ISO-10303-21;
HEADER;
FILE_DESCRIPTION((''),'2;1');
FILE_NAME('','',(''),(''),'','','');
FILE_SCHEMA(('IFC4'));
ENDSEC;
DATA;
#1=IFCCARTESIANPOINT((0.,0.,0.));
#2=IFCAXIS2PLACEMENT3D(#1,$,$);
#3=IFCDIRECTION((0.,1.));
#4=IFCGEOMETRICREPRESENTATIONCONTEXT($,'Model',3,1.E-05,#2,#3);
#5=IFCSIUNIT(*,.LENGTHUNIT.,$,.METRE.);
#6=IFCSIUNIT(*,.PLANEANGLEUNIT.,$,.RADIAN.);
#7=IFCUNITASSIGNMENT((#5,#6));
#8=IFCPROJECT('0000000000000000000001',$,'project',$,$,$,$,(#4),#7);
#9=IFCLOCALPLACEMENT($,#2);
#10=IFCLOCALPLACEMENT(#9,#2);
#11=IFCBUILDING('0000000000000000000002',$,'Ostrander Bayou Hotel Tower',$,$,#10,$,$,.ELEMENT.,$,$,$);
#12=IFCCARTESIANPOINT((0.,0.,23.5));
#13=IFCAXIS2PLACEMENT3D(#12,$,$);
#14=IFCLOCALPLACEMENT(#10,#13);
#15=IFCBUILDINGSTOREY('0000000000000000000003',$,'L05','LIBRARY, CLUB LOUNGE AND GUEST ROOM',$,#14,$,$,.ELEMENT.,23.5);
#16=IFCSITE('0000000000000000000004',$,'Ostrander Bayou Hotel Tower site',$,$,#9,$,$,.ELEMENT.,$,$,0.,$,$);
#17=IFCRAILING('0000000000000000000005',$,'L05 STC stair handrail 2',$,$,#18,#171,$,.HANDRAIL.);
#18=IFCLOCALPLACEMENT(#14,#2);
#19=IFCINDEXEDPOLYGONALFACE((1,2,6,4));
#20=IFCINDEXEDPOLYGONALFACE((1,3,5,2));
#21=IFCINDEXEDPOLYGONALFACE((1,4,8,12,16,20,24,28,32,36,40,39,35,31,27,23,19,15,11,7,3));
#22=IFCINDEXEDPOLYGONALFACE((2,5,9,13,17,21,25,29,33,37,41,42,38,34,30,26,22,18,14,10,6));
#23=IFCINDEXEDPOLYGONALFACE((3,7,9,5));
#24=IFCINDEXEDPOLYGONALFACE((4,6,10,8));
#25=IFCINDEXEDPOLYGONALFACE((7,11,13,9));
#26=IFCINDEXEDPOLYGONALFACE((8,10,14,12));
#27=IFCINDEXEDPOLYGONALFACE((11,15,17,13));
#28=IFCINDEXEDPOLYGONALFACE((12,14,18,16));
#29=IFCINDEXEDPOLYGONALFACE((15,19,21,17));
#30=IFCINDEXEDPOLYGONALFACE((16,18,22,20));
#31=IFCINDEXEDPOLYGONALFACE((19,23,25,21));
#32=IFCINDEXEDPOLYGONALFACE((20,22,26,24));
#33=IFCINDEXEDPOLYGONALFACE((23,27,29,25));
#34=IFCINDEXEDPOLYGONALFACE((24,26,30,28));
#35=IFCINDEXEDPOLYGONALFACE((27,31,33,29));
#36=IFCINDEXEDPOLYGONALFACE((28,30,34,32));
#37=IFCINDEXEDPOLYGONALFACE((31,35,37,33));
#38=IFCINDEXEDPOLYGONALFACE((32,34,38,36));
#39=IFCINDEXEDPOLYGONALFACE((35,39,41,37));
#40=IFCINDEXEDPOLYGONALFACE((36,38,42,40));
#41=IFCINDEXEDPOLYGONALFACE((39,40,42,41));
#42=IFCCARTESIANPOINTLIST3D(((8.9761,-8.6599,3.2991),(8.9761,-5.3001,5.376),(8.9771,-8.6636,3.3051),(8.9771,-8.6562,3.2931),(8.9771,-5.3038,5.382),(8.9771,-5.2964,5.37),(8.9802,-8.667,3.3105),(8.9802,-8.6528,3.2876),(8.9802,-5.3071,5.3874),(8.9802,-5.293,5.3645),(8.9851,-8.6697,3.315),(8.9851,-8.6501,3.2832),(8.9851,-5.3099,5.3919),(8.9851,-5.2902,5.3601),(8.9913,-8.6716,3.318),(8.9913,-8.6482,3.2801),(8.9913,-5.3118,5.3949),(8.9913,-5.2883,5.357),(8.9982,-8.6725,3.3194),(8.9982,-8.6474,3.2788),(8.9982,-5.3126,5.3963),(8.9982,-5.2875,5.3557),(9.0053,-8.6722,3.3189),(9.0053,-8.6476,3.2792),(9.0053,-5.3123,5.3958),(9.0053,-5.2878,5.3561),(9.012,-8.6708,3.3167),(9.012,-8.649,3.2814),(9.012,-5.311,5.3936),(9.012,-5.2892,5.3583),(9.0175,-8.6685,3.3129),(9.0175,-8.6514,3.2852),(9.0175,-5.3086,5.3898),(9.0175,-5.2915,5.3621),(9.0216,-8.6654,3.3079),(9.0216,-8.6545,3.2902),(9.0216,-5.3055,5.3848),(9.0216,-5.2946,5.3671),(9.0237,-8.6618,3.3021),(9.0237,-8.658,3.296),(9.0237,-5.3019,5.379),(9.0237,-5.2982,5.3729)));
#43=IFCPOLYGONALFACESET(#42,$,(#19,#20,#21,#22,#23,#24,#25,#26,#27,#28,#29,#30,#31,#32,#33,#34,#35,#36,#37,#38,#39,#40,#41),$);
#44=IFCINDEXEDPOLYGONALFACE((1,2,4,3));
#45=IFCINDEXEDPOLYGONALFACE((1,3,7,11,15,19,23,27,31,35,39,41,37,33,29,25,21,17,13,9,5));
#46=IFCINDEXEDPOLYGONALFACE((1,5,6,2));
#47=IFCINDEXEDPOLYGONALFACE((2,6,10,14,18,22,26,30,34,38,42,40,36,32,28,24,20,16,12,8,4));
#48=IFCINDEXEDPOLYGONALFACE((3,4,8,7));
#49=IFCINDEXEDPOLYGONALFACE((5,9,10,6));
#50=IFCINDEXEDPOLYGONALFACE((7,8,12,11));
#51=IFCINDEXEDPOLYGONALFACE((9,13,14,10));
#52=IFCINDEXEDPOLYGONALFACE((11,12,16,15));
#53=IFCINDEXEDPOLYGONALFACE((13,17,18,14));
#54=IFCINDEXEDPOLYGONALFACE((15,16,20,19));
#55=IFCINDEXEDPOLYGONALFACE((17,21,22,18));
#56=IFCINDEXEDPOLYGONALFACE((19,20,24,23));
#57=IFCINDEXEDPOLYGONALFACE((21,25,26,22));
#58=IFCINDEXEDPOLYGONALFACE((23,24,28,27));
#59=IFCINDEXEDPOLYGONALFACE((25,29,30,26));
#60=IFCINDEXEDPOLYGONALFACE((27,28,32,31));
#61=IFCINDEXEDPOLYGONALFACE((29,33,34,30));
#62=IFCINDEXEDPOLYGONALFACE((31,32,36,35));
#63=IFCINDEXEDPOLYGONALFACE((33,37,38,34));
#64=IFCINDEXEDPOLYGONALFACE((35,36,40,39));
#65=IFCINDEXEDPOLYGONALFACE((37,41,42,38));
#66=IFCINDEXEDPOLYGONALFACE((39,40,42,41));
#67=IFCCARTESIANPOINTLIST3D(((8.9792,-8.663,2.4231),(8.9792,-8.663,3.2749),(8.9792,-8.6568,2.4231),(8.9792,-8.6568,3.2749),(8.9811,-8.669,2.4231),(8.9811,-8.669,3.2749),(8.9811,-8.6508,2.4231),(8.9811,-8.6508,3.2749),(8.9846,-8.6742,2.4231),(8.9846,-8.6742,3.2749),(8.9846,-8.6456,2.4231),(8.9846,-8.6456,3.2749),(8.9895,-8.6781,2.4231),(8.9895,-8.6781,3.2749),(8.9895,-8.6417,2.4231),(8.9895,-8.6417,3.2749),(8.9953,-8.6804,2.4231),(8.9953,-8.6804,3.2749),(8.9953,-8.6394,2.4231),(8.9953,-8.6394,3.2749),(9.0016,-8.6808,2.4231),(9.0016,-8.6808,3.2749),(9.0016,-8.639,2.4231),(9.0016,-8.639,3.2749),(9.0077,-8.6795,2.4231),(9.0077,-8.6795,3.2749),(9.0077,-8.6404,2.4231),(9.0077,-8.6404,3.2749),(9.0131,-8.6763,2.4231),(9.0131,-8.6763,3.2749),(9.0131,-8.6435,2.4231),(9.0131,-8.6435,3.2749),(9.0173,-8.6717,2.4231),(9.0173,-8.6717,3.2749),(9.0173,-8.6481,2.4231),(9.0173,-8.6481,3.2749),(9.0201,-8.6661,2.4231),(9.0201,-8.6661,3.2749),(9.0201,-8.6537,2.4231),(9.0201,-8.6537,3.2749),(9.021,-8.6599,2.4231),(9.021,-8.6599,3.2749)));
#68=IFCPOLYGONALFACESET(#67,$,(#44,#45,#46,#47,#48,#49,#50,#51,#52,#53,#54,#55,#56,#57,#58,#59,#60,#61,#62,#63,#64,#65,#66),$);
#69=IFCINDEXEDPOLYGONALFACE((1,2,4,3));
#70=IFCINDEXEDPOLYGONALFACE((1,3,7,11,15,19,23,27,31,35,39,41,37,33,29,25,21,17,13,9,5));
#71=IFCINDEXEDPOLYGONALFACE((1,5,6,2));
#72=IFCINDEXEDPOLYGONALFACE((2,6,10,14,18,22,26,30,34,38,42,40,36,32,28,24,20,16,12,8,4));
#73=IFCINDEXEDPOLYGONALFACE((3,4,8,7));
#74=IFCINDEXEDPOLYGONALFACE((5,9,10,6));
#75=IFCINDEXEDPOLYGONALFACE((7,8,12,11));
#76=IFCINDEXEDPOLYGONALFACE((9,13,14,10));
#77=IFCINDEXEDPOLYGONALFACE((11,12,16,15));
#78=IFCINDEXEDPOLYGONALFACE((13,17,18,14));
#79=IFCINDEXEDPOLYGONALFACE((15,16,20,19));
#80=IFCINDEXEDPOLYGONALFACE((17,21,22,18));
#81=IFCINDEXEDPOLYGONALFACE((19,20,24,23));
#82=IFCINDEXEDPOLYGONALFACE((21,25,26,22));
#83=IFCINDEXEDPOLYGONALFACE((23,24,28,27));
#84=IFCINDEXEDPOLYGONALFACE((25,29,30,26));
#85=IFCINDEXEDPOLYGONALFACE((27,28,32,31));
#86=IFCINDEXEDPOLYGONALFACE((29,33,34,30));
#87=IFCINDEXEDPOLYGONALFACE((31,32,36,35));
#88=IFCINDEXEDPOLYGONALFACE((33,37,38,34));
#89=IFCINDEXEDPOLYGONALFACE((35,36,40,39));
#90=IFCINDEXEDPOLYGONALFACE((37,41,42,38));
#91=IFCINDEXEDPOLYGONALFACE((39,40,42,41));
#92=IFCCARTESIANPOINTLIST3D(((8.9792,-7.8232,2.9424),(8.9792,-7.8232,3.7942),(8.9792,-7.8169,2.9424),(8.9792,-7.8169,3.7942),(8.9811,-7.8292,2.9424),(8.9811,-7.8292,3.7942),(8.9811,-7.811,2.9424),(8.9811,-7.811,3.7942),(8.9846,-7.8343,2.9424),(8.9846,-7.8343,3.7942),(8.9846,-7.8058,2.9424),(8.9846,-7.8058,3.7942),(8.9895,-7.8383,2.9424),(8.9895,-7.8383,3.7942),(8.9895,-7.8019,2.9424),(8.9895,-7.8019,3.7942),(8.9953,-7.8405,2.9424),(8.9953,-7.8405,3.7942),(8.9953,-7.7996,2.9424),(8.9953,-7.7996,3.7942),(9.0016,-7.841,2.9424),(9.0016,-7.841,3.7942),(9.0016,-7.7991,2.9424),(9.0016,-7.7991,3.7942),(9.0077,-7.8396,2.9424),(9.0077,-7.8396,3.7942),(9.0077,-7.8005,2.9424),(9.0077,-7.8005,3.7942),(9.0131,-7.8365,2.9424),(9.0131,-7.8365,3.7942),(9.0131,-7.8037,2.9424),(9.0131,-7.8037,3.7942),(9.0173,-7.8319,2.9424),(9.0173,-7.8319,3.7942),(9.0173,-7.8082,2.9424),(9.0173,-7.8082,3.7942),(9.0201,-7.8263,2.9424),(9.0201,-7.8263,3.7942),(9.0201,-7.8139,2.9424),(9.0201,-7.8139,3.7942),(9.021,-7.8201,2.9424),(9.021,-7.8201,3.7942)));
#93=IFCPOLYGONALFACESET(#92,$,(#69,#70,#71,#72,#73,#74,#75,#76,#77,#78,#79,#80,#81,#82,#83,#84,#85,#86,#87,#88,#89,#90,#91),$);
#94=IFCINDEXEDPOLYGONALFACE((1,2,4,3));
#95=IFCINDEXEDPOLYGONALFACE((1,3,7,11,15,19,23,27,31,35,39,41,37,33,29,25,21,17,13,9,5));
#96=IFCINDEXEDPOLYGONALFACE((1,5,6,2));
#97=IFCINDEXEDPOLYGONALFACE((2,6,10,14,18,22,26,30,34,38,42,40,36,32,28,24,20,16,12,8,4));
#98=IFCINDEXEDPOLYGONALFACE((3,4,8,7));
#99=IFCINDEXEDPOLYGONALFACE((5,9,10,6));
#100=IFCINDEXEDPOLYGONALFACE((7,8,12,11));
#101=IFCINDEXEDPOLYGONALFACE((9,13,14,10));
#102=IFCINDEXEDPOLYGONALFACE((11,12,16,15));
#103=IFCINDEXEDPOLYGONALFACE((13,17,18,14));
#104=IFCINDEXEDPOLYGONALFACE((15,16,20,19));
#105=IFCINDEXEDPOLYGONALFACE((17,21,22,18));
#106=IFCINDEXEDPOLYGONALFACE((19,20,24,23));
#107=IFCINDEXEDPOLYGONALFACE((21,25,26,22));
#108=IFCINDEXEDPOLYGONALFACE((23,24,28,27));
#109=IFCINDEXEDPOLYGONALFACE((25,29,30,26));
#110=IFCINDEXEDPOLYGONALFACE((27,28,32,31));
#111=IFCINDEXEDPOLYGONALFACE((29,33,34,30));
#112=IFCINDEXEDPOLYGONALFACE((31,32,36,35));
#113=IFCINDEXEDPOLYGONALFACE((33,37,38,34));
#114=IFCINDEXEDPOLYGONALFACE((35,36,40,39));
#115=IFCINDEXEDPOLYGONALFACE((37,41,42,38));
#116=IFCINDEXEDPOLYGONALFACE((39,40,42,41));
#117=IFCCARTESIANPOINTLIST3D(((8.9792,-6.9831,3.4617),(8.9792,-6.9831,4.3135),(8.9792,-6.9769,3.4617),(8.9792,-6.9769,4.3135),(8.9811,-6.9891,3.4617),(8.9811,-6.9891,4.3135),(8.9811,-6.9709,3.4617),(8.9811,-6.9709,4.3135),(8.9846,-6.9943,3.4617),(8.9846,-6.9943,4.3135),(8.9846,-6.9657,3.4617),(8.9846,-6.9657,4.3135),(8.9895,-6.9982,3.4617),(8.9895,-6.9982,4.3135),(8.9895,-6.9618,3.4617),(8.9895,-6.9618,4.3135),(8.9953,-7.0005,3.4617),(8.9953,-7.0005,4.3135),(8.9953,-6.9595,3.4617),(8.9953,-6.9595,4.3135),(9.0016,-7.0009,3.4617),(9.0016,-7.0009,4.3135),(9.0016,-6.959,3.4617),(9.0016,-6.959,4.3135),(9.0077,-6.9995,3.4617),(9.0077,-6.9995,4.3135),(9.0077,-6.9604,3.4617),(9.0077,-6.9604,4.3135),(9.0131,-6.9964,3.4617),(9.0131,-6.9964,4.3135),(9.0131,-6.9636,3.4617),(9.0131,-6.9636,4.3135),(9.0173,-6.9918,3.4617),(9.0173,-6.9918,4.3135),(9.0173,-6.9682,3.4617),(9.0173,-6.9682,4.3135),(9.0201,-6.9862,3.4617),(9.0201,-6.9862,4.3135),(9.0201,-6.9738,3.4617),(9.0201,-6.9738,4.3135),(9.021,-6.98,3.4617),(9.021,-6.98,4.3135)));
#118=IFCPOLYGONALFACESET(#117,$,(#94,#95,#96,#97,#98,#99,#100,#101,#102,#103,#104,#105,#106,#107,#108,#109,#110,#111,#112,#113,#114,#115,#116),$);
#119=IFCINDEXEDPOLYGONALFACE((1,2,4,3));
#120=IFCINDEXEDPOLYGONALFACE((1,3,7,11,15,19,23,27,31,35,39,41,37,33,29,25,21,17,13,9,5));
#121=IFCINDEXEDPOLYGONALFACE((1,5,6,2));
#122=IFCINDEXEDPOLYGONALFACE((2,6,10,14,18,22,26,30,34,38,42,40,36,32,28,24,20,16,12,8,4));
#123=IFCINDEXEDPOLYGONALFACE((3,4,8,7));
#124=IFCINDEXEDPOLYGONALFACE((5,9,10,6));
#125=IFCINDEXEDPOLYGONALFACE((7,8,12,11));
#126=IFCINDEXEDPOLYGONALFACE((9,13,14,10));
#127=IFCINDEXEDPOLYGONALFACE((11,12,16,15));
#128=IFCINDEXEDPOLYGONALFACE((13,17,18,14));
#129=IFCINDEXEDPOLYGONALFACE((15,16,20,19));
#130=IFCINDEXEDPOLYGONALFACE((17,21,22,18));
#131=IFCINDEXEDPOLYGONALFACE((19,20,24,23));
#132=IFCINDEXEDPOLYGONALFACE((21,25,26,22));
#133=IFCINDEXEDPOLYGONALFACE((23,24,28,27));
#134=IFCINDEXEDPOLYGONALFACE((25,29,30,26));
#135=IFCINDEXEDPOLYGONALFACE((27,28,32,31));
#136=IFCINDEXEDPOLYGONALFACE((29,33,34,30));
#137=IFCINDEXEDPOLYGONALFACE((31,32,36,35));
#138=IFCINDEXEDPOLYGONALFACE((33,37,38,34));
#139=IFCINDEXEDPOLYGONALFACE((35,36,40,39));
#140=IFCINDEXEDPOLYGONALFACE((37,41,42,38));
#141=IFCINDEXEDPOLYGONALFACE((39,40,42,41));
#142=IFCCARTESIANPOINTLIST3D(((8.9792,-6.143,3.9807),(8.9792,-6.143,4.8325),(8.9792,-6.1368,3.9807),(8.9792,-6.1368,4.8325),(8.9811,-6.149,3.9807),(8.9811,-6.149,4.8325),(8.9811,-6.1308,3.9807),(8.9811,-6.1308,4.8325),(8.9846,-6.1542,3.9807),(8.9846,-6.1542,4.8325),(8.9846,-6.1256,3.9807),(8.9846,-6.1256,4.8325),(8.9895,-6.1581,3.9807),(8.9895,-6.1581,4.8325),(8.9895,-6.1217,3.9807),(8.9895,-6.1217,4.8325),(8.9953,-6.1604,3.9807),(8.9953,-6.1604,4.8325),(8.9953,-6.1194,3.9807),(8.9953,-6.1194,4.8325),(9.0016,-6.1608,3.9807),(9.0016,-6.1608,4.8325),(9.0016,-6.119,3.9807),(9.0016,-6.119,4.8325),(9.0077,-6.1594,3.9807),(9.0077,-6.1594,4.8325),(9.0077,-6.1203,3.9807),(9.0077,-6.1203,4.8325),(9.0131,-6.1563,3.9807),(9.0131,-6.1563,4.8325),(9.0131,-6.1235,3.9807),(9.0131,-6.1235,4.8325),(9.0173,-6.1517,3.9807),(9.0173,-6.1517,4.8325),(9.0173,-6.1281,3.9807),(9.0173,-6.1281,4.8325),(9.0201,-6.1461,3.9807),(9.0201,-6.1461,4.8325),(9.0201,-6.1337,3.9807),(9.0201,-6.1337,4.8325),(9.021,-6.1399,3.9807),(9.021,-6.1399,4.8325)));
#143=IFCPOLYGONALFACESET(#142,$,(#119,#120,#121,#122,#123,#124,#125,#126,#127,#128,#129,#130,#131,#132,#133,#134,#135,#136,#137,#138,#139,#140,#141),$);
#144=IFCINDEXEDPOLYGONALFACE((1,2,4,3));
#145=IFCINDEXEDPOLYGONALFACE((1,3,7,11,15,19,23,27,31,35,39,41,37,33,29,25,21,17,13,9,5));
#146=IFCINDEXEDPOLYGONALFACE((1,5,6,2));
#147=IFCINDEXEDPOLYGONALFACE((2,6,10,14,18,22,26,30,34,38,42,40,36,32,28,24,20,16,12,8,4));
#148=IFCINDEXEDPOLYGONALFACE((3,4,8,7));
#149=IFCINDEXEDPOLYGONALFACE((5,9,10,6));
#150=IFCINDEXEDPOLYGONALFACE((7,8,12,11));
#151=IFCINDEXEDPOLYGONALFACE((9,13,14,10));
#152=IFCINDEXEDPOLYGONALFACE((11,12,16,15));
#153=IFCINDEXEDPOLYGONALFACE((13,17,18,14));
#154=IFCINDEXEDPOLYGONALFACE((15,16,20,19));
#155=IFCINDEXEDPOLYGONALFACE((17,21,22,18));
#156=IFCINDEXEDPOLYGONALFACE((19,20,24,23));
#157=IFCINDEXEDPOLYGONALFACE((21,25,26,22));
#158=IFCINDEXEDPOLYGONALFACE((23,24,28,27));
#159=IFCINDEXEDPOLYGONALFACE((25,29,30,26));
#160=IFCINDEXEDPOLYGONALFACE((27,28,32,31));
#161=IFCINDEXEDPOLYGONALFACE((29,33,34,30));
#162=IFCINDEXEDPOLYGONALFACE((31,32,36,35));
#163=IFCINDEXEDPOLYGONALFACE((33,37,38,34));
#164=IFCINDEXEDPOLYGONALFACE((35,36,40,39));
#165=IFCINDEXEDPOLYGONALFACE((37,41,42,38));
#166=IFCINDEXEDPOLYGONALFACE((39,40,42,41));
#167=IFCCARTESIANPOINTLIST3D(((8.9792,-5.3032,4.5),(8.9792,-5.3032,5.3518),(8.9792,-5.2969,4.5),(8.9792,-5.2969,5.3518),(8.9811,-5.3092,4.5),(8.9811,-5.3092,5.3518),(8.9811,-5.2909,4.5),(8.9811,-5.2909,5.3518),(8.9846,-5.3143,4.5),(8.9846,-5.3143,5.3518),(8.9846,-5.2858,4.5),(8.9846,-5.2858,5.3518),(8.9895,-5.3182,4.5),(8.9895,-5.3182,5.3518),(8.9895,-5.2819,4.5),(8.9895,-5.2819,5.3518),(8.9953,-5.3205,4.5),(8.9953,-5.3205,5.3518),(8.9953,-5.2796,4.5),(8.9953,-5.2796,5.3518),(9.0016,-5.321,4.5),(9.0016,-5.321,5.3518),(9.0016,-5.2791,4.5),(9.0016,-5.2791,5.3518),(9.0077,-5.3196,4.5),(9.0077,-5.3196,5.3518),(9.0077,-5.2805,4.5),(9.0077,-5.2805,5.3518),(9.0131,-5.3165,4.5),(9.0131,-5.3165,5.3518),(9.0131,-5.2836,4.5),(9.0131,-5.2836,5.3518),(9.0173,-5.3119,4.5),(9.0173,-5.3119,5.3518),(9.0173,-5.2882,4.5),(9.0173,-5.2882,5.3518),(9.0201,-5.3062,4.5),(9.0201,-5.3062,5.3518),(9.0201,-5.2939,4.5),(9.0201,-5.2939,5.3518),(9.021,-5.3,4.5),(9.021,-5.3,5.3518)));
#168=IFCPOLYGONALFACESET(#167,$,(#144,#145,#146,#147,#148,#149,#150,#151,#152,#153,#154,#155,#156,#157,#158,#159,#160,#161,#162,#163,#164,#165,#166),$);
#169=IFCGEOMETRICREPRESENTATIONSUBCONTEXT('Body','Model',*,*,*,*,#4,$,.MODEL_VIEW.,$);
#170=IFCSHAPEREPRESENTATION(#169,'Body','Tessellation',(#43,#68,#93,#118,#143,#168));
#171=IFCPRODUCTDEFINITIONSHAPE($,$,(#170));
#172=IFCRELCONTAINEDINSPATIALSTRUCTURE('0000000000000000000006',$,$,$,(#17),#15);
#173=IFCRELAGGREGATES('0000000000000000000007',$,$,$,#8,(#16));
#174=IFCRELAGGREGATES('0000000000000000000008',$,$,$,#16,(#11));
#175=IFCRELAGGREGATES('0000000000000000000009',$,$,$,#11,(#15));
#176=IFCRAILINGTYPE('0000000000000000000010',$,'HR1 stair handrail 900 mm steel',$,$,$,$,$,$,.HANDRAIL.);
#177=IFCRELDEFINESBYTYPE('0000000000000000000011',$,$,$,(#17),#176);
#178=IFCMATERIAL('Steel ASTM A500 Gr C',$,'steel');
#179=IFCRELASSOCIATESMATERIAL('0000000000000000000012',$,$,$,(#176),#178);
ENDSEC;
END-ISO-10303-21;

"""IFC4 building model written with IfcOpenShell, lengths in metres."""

from ifc_helpers import new_model, si_unit, direction, frame, origin, origin_2d, place, context, subcontext, project, spatial, circle, extrude, material, type_object, element, save


model = new_model("IFC4")

# Units and contexts
model_context = context("Model", 3, precision=1e-05, world=origin(), true_north=direction((0.0, 1.0)))
body_context = subcontext(model_context, "Body", "Model", "MODEL_VIEW")
ifc_project = project(units=[si_unit("LENGTHUNIT", "METRE"), si_unit("PLANEANGLEUNIT", "RADIAN")], contexts=[model_context])

# Site, building, storey
site_placement = place(None, origin())
site = spatial("IfcSite", under=ifc_project, at=site_placement, Name="Ostrander Bayou Hotel Tower site", CompositionType="ELEMENT", RefElevation=0.0)
building_placement = place(site_placement, origin())
building = spatial("IfcBuilding", under=site, at=building_placement, Name="Ostrander Bayou Hotel Tower", CompositionType="ELEMENT")
storey_placement = place(building_placement, frame((0.0, 0.0, 23.5)))
storey = spatial("IfcBuildingStorey", under=building, at=storey_placement, Name="L05", Description="LIBRARY, CLUB LOUNGE AND GUEST ROOM", CompositionType="ELEMENT", Elevation=23.5)

# Railing
ifc_material_1 = material(Name="Steel ASTM A500 Gr C", Category="steel")
railing_type_1 = type_object("IfcRailingType", Name="HR1 stair handrail 900 mm steel", PredefinedType="HANDRAIL", material=ifc_material_1)
railing_1_placement = place(storey_placement, frame((9.0, -8.6599, 2.4231)))
element("IfcRailing", 1, at=railing_1_placement, inside=storey, type_object=railing_type_1, Name="L05 STC stair handrail 2", PredefinedType="HANDRAIL", context=body_context, shape_type="SweptSolid", body=[
    extrude(circle(Radius=0.0239, at=origin_2d()), frame((0.0, 0.0, 0.876), z_axis=(0.0, 0.850606, 0.525803), x_axis=(-1.0, 0.0, 0.0)), (0.0, 0.0, 1.0), 3.95),
    extrude(circle(Radius=0.021, at=origin_2d()), origin(), (0.0, 0.0, 1.0), 0.8518),
    extrude(circle(Radius=0.021, at=origin_2d()), frame((0.0, 0.8398, 0.5193)), (0.0, 0.0, 1.0), 0.8518),
    extrude(circle(Radius=0.021, at=origin_2d()), frame((0.0, 1.6799, 1.0386)), (0.0, 0.0, 1.0), 0.8518),
    extrude(circle(Radius=0.021, at=origin_2d()), frame((0.0, 2.52, 1.5576)), (0.0, 0.0, 1.0), 0.8518),
    extrude(circle(Radius=0.021, at=origin_2d()), frame((0.0, 3.3599, 2.0769)), (0.0, 0.0, 1.0), 0.8518),
])

save(model, "model.ifc")
